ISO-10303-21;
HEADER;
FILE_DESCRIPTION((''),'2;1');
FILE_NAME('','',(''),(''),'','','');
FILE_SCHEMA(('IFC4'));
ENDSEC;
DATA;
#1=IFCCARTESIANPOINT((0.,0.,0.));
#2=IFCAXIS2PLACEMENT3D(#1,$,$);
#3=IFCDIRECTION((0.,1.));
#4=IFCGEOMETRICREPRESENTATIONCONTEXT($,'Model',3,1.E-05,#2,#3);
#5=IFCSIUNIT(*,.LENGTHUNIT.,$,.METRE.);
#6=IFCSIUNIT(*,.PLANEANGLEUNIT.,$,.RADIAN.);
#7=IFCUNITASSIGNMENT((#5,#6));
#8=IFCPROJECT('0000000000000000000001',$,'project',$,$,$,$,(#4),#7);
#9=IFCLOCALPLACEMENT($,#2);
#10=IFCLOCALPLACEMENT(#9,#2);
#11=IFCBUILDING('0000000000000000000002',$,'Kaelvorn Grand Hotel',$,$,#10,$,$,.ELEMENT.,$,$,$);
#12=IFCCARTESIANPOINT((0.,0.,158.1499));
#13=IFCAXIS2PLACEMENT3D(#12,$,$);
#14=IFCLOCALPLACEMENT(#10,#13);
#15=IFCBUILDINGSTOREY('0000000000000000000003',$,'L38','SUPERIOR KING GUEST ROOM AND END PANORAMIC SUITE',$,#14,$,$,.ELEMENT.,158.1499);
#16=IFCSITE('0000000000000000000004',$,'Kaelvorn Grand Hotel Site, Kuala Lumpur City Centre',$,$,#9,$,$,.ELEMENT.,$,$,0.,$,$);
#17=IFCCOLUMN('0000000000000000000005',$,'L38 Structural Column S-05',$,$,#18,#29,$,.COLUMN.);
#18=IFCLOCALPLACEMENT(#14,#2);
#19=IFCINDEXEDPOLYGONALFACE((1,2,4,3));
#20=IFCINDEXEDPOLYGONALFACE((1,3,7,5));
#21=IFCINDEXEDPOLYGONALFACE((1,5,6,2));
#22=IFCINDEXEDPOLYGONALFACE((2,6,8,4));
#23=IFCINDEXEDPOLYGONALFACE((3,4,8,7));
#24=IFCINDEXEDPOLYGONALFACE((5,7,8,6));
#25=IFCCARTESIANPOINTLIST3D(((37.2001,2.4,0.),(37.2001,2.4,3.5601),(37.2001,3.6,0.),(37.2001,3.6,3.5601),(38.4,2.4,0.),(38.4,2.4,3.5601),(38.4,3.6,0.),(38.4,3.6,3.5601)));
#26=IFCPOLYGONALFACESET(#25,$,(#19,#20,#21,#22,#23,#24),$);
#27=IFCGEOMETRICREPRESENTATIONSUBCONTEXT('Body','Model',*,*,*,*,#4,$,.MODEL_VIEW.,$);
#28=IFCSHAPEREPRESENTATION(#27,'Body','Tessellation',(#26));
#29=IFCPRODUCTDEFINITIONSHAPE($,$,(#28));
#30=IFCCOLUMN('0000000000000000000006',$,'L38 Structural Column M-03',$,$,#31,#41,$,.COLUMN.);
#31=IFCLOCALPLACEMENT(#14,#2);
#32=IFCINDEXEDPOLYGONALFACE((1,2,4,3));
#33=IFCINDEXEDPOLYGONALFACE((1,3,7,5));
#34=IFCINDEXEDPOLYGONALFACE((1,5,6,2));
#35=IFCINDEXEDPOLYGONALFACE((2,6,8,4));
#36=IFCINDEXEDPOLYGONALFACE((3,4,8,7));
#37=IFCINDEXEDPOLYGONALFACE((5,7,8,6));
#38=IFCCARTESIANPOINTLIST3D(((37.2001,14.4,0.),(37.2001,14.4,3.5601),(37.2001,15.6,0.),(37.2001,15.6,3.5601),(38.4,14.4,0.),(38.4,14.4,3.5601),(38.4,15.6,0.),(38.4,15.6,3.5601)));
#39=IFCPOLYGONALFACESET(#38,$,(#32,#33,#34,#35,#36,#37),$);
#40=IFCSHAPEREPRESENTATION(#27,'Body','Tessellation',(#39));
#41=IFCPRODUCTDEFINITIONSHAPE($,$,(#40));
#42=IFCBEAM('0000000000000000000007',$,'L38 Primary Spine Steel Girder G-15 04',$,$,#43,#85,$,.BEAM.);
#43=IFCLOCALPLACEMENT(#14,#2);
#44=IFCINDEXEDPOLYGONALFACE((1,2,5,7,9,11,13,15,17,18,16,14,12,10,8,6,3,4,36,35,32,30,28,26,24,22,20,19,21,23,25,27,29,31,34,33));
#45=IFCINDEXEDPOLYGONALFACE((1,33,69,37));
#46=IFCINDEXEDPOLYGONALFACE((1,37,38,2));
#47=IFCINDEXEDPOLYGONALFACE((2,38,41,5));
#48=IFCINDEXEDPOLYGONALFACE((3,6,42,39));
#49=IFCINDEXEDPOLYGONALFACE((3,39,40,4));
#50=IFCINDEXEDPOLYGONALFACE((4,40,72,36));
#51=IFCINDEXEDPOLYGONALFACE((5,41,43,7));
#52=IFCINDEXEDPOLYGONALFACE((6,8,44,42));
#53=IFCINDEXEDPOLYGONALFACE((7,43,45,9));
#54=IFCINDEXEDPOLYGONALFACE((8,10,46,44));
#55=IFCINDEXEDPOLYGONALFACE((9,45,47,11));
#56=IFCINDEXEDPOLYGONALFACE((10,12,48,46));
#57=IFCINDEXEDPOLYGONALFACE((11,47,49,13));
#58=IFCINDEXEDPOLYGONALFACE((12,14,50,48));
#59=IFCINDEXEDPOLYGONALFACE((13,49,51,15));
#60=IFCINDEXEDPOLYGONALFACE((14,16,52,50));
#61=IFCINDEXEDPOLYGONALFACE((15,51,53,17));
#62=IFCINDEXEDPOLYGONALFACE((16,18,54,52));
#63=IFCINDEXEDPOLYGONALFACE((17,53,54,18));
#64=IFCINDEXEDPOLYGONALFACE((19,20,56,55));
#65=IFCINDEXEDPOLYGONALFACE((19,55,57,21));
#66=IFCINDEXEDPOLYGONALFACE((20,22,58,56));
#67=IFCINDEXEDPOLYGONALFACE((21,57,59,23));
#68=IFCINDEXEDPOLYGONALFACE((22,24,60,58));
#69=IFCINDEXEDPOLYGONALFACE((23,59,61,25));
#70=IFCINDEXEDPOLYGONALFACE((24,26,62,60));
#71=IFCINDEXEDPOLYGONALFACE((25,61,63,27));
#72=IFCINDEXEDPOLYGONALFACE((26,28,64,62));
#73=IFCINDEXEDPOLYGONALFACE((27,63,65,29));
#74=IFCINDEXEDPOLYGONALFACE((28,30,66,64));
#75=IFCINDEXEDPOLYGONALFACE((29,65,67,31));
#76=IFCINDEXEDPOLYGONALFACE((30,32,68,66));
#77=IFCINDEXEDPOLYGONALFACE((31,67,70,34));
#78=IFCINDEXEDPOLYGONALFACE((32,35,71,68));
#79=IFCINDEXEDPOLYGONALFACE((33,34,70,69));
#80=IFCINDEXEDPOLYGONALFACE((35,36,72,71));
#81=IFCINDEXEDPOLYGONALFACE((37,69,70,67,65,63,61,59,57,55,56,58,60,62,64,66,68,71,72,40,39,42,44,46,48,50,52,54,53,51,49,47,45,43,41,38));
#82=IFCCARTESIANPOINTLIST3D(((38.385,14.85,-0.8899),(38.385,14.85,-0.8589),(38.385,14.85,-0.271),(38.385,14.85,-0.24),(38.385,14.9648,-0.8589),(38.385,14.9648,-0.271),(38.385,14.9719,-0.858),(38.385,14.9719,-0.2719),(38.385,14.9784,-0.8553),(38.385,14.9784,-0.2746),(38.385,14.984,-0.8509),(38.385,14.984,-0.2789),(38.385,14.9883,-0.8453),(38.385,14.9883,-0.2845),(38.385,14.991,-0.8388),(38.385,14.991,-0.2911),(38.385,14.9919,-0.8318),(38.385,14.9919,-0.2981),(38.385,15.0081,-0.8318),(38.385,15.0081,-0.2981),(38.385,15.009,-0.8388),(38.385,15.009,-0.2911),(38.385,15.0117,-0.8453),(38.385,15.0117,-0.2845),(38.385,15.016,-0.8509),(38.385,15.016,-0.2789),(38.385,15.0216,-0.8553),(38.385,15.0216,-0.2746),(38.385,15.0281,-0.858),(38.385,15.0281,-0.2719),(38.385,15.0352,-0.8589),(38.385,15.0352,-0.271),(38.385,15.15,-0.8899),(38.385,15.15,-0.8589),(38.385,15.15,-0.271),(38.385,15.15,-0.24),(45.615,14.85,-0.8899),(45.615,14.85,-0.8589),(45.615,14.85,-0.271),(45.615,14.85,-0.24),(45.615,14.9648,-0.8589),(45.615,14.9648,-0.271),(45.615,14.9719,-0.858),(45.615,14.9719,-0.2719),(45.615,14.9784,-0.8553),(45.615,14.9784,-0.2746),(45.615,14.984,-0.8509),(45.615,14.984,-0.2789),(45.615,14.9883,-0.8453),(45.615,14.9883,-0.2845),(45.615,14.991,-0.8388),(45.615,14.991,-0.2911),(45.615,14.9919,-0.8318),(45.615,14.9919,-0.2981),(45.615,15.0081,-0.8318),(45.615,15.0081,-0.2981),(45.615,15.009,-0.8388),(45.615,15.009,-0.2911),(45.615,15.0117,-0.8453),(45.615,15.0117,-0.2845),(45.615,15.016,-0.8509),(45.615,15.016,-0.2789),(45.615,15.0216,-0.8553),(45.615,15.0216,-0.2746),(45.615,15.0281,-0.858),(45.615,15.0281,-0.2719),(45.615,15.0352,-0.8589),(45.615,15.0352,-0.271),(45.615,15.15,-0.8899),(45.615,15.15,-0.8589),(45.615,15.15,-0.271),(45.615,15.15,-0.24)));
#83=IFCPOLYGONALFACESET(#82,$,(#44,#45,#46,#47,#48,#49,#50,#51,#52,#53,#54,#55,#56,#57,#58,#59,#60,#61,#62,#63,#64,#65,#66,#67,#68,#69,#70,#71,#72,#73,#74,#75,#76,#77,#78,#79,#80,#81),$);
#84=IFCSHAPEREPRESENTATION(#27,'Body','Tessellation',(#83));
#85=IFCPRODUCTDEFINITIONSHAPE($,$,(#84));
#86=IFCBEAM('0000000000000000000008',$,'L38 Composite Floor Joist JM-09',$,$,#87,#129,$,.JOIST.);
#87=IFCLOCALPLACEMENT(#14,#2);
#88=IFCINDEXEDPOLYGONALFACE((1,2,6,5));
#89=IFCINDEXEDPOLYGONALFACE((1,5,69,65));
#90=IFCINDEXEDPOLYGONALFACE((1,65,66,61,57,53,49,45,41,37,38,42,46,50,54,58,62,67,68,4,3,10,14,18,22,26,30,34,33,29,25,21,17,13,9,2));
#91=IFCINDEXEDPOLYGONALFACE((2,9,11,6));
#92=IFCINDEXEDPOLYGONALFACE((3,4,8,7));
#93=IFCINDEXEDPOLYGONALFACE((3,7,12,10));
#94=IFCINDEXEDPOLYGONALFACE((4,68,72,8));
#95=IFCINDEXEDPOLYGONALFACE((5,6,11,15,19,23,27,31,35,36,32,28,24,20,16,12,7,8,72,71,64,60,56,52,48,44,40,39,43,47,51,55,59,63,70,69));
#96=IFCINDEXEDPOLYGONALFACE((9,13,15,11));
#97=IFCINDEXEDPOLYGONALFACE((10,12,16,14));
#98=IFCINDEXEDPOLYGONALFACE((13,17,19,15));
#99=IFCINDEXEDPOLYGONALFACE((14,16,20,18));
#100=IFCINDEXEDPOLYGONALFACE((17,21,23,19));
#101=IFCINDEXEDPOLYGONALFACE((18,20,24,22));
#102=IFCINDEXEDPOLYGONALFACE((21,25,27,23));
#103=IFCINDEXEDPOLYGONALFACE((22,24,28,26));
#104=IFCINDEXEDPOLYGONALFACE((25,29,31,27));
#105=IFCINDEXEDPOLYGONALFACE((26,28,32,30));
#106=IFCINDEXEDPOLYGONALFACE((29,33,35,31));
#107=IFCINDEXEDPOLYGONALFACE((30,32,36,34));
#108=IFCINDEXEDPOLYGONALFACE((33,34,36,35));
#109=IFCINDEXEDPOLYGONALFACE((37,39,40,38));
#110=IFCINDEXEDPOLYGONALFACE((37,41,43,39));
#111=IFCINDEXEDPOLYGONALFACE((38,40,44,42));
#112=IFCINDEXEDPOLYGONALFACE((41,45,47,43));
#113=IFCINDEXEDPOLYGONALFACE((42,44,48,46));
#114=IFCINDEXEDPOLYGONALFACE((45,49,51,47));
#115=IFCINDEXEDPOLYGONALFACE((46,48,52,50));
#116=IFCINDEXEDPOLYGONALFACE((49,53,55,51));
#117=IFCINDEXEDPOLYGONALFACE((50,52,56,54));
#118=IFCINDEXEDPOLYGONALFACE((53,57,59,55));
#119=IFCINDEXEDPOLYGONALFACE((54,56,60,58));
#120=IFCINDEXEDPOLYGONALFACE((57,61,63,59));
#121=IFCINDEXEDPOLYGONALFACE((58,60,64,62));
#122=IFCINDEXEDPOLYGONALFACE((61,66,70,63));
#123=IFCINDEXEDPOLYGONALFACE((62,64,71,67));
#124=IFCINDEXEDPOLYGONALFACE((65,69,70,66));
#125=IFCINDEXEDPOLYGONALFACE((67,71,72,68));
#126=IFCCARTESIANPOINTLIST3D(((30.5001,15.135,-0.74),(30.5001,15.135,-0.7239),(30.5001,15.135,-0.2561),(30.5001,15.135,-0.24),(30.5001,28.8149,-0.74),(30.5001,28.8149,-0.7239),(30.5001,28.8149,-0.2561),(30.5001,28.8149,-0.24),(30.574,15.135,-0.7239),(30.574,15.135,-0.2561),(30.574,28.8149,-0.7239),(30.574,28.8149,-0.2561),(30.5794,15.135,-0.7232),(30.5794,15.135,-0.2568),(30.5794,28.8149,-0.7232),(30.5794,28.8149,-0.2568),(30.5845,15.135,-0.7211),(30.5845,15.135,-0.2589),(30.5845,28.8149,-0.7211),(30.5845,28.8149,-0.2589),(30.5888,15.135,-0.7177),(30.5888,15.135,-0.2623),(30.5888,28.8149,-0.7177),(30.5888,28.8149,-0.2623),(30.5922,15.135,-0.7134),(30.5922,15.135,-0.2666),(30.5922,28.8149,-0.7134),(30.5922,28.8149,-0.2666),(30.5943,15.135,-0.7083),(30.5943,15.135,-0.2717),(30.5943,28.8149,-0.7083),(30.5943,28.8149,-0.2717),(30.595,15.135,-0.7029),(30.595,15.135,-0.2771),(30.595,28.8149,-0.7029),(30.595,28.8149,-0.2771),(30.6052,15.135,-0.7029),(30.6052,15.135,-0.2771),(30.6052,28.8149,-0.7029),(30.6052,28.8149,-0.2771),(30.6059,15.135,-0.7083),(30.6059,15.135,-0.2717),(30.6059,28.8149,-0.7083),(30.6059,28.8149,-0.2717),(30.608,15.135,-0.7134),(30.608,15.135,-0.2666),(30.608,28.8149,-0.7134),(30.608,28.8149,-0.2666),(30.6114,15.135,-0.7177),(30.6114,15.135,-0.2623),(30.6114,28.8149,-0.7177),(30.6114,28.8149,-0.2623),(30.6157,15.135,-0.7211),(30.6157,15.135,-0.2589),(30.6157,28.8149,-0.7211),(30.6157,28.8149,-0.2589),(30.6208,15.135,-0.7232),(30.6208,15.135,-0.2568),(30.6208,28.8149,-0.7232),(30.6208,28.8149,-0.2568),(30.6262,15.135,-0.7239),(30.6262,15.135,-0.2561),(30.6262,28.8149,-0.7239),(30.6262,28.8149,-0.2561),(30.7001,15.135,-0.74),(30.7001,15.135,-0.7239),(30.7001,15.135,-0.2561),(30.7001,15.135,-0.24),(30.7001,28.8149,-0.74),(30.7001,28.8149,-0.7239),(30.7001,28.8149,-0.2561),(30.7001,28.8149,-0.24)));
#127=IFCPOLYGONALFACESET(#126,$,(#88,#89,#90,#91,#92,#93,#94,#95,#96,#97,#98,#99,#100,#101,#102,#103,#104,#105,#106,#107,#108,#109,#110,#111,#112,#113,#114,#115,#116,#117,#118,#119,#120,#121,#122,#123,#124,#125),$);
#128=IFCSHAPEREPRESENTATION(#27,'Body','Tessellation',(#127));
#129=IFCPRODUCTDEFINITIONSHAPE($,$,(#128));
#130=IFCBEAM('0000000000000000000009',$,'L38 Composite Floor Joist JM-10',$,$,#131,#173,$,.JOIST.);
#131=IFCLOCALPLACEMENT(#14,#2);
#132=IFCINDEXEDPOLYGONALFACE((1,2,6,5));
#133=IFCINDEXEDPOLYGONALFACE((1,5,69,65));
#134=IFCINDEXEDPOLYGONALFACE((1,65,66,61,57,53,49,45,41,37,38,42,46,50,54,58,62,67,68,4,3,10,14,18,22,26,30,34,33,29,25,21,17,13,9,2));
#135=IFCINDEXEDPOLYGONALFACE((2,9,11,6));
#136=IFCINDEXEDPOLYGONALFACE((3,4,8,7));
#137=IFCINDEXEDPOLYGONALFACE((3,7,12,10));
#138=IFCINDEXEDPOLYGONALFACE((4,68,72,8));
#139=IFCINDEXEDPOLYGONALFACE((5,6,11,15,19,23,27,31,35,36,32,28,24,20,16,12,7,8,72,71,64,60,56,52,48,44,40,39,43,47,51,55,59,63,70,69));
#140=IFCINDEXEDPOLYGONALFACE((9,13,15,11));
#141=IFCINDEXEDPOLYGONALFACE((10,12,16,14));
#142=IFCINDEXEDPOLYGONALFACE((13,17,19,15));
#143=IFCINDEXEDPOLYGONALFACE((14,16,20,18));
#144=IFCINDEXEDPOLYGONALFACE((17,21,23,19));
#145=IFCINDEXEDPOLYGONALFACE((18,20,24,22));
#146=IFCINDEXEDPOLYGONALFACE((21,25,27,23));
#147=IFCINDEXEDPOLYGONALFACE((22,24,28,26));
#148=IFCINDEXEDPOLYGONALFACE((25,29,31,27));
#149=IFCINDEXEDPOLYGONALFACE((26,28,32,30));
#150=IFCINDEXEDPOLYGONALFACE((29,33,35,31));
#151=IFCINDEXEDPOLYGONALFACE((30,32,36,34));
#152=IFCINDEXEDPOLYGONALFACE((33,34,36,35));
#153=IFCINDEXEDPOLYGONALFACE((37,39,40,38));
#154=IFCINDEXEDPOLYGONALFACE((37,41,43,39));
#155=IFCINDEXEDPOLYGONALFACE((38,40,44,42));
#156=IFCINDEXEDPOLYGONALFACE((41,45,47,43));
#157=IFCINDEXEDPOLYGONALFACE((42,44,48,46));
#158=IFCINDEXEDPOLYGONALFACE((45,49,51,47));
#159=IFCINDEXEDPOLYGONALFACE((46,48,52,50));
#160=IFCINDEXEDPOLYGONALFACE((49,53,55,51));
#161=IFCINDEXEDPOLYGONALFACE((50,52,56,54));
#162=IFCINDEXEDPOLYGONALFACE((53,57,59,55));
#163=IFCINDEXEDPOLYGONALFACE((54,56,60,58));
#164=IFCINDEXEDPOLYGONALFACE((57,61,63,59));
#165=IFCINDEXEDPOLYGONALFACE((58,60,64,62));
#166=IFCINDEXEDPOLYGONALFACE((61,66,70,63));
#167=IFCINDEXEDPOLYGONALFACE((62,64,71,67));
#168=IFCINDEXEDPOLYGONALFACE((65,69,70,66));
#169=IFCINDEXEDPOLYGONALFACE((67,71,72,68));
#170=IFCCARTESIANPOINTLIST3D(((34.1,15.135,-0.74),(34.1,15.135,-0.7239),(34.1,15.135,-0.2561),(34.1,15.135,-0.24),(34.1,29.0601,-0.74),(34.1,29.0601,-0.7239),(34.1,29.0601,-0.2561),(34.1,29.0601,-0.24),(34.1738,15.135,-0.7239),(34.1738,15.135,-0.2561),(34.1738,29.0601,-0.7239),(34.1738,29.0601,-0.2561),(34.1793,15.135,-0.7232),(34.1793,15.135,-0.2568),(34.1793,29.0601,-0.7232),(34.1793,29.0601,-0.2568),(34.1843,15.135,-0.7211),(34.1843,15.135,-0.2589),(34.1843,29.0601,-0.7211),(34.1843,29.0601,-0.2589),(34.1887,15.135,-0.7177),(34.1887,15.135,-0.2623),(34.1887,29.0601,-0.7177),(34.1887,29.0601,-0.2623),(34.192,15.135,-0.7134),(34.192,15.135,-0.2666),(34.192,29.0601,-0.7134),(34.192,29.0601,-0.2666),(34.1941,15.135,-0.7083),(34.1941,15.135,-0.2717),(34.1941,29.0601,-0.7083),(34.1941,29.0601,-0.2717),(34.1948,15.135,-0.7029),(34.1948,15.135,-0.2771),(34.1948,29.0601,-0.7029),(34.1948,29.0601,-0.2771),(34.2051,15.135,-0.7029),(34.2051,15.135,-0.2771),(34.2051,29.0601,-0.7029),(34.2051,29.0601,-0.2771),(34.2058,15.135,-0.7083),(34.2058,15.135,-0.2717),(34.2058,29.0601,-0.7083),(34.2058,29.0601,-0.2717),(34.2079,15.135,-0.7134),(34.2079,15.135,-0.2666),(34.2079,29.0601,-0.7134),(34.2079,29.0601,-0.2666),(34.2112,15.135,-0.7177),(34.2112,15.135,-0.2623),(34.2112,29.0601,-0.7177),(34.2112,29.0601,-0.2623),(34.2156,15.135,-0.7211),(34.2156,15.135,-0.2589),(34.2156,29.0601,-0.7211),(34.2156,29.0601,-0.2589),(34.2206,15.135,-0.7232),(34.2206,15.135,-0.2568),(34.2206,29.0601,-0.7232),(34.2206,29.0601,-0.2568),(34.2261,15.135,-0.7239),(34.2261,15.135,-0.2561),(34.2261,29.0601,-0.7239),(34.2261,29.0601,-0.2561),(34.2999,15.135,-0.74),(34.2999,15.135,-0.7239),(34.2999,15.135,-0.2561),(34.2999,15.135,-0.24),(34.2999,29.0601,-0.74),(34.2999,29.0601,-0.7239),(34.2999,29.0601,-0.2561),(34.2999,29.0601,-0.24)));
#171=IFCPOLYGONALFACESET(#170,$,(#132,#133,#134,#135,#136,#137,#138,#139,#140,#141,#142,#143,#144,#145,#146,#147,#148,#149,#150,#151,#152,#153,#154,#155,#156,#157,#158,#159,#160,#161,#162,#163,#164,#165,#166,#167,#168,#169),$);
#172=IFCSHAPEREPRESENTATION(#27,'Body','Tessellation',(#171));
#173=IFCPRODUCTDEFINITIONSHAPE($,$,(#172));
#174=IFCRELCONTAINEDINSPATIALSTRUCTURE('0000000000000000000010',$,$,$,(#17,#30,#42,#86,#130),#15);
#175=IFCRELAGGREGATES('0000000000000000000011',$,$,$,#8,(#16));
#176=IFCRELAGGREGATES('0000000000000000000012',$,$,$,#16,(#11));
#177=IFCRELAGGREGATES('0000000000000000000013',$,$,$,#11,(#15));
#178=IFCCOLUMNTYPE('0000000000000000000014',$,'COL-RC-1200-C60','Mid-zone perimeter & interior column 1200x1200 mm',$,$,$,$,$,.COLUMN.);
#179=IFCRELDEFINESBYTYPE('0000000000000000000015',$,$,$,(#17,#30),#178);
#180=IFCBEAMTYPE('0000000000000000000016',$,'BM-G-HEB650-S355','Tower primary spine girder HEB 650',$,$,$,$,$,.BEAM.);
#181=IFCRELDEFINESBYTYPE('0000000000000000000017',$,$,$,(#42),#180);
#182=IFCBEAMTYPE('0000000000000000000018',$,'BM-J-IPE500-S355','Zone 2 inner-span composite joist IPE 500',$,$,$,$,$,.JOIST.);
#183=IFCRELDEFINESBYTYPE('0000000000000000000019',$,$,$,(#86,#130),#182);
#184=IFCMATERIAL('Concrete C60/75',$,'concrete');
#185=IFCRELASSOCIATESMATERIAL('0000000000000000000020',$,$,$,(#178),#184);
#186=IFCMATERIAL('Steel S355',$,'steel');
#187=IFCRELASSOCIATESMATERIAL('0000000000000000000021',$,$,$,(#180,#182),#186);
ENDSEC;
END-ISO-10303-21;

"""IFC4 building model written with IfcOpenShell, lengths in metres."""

from ifc_helpers import new_model, si_unit, direction, frame, origin, origin_2d, place, context, subcontext, project, spatial, rectangle, i_section, extrude, material, material_profile, profile_set, type_object, element, save


model = new_model("IFC4")

# Units and contexts
model_context = context("Model", 3, precision=1e-05, world=origin(), true_north=direction((0.0, 1.0)))
body_context = subcontext(model_context, "Body", "Model", "MODEL_VIEW")
ifc_project = project(units=[si_unit("LENGTHUNIT", "METRE"), si_unit("PLANEANGLEUNIT", "RADIAN")], contexts=[model_context])

# Site, building, storey
site_placement = place(None, origin())
site = spatial("IfcSite", under=ifc_project, at=site_placement, Name="Kaelvorn Grand Hotel Site, Kuala Lumpur City Centre", CompositionType="ELEMENT", RefElevation=0.0)
building_placement = place(site_placement, origin())
building = spatial("IfcBuilding", under=site, at=building_placement, Name="Kaelvorn Grand Hotel", CompositionType="ELEMENT")
storey_placement = place(building_placement, frame((0.0, 0.0, 158.1499)))
storey = spatial("IfcBuildingStorey", under=building, at=storey_placement, Name="L38", Description="SUPERIOR KING GUEST ROOM AND END PANORAMIC SUITE", CompositionType="ELEMENT", Elevation=158.1499)

# Columns
ifc_material_1 = material(Name="Concrete C60/75", Category="concrete")
ifc_material_profile_1 = material_profile(ifc_material_1, rectangle(XDim=1.2, YDim=1.2, at=origin_2d()), Name="RC COL 1200x1200")
ifc_profile_set_1 = profile_set([ifc_material_profile_1], Name="Concrete C60/75")
column_type = type_object("IfcColumnType", Name="COL-RC-1200-C60", Description="Mid-zone perimeter & interior column 1200x1200 mm", PredefinedType="COLUMN", material=ifc_profile_set_1)
for number, where, z_axis, x_axis, name in (
    (1, (37.8, 3.0, 0.0), (0.0, 0.0, 1.0), (1.0, 0.0, 0.0), "L38 Structural Column S-05"),
    (2, (37.8, 15.0, 0.0), (0.0, 0.0, 1.0), (1.0, 0.0, 0.0), "L38 Structural Column M-03"),
):
    element("IfcColumn", number, at=place(storey_placement, frame(where, z_axis=z_axis, x_axis=x_axis)), inside=storey, type_object=column_type, Name=name, PredefinedType="COLUMN", context=body_context, shape_type="SweptSolid", body=[
        extrude(rectangle(XDim=1.2, YDim=1.2, at=origin_2d()), origin(), (0.0, 0.0, 1.0), 3.5601),
    ])

# Beams
ifc_material_2 = material(Name="Steel S355", Category="steel")
ifc_material_profile_2 = material_profile(ifc_material_2, i_section(OverallWidth=0.3, OverallDepth=0.6499, WebThickness=0.0161, FlangeThickness=0.031, FilletRadius=0.0271, at=origin_2d()), Name="HEB 650")
ifc_profile_set_2 = profile_set([ifc_material_profile_2], Name="Steel S355")
beam_type_1 = type_object("IfcBeamType", Name="BM-G-HEB650-S355", Description="Tower primary spine girder HEB 650", PredefinedType="BEAM", material=ifc_profile_set_2)
beam_1_placement = place(storey_placement, frame((38.385, 15.0, -0.5649), z_axis=(1.0, 0.0, 0.0), x_axis=(0.0, 1.0, 0.0)))
element("IfcBeam", 3, at=beam_1_placement, inside=storey, type_object=beam_type_1, Name="L38 Primary Spine Steel Girder G-15 04", PredefinedType="BEAM", context=body_context, shape_type="SweptSolid", body=[
    extrude(i_section(OverallWidth=0.3, OverallDepth=0.6499, WebThickness=0.0161, FlangeThickness=0.031, FilletRadius=0.0271, at=origin_2d()), origin(), (0.0, 0.0, 1.0), 7.23),
])
ifc_material_profile_3 = material_profile(ifc_material_2, i_section(OverallWidth=0.2, OverallDepth=0.5, WebThickness=0.0103, FlangeThickness=0.0161, FilletRadius=0.021, at=origin_2d()), Name="IPE 500")
ifc_profile_set_3 = profile_set([ifc_material_profile_3], Name="Steel S355")
beam_type_2 = type_object("IfcBeamType", Name="BM-J-IPE500-S355", Description="Zone 2 inner-span composite joist IPE 500", PredefinedType="JOIST", material=ifc_profile_set_3)
beam_2_placement = place(storey_placement, frame((30.6001, 15.135, -0.49), z_axis=(0.0, 1.0, 0.0), x_axis=(-1.0, 0.0, 0.0)))
element("IfcBeam", 4, at=beam_2_placement, inside=storey, type_object=beam_type_2, Name="L38 Composite Floor Joist JM-09", PredefinedType="JOIST", context=body_context, shape_type="SweptSolid", body=[
    extrude(i_section(OverallWidth=0.2, OverallDepth=0.5, WebThickness=0.0103, FlangeThickness=0.0161, FilletRadius=0.021, at=origin_2d()), origin(), (0.0, 0.0, 1.0), 13.6799),
])
for number, where, z_axis, x_axis, name in (
    (5, (34.2, 15.135, -0.49), (0.0, 1.0, 0.0), (-1.0, 0.0, 0.0), "L38 Composite Floor Joist JM-10"),
):
    element("IfcBeam", number, at=place(storey_placement, frame(where, z_axis=z_axis, x_axis=x_axis)), inside=storey, type_object=beam_type_2, Name=name, PredefinedType="JOIST", context=body_context, shape_type="SweptSolid", body=[
        extrude(i_section(OverallWidth=0.2, OverallDepth=0.5, WebThickness=0.0103, FlangeThickness=0.0161, FilletRadius=0.021, at=origin_2d()), origin(), (0.0, 0.0, 1.0), 13.925),
    ])

save(model, "model.ifc")
